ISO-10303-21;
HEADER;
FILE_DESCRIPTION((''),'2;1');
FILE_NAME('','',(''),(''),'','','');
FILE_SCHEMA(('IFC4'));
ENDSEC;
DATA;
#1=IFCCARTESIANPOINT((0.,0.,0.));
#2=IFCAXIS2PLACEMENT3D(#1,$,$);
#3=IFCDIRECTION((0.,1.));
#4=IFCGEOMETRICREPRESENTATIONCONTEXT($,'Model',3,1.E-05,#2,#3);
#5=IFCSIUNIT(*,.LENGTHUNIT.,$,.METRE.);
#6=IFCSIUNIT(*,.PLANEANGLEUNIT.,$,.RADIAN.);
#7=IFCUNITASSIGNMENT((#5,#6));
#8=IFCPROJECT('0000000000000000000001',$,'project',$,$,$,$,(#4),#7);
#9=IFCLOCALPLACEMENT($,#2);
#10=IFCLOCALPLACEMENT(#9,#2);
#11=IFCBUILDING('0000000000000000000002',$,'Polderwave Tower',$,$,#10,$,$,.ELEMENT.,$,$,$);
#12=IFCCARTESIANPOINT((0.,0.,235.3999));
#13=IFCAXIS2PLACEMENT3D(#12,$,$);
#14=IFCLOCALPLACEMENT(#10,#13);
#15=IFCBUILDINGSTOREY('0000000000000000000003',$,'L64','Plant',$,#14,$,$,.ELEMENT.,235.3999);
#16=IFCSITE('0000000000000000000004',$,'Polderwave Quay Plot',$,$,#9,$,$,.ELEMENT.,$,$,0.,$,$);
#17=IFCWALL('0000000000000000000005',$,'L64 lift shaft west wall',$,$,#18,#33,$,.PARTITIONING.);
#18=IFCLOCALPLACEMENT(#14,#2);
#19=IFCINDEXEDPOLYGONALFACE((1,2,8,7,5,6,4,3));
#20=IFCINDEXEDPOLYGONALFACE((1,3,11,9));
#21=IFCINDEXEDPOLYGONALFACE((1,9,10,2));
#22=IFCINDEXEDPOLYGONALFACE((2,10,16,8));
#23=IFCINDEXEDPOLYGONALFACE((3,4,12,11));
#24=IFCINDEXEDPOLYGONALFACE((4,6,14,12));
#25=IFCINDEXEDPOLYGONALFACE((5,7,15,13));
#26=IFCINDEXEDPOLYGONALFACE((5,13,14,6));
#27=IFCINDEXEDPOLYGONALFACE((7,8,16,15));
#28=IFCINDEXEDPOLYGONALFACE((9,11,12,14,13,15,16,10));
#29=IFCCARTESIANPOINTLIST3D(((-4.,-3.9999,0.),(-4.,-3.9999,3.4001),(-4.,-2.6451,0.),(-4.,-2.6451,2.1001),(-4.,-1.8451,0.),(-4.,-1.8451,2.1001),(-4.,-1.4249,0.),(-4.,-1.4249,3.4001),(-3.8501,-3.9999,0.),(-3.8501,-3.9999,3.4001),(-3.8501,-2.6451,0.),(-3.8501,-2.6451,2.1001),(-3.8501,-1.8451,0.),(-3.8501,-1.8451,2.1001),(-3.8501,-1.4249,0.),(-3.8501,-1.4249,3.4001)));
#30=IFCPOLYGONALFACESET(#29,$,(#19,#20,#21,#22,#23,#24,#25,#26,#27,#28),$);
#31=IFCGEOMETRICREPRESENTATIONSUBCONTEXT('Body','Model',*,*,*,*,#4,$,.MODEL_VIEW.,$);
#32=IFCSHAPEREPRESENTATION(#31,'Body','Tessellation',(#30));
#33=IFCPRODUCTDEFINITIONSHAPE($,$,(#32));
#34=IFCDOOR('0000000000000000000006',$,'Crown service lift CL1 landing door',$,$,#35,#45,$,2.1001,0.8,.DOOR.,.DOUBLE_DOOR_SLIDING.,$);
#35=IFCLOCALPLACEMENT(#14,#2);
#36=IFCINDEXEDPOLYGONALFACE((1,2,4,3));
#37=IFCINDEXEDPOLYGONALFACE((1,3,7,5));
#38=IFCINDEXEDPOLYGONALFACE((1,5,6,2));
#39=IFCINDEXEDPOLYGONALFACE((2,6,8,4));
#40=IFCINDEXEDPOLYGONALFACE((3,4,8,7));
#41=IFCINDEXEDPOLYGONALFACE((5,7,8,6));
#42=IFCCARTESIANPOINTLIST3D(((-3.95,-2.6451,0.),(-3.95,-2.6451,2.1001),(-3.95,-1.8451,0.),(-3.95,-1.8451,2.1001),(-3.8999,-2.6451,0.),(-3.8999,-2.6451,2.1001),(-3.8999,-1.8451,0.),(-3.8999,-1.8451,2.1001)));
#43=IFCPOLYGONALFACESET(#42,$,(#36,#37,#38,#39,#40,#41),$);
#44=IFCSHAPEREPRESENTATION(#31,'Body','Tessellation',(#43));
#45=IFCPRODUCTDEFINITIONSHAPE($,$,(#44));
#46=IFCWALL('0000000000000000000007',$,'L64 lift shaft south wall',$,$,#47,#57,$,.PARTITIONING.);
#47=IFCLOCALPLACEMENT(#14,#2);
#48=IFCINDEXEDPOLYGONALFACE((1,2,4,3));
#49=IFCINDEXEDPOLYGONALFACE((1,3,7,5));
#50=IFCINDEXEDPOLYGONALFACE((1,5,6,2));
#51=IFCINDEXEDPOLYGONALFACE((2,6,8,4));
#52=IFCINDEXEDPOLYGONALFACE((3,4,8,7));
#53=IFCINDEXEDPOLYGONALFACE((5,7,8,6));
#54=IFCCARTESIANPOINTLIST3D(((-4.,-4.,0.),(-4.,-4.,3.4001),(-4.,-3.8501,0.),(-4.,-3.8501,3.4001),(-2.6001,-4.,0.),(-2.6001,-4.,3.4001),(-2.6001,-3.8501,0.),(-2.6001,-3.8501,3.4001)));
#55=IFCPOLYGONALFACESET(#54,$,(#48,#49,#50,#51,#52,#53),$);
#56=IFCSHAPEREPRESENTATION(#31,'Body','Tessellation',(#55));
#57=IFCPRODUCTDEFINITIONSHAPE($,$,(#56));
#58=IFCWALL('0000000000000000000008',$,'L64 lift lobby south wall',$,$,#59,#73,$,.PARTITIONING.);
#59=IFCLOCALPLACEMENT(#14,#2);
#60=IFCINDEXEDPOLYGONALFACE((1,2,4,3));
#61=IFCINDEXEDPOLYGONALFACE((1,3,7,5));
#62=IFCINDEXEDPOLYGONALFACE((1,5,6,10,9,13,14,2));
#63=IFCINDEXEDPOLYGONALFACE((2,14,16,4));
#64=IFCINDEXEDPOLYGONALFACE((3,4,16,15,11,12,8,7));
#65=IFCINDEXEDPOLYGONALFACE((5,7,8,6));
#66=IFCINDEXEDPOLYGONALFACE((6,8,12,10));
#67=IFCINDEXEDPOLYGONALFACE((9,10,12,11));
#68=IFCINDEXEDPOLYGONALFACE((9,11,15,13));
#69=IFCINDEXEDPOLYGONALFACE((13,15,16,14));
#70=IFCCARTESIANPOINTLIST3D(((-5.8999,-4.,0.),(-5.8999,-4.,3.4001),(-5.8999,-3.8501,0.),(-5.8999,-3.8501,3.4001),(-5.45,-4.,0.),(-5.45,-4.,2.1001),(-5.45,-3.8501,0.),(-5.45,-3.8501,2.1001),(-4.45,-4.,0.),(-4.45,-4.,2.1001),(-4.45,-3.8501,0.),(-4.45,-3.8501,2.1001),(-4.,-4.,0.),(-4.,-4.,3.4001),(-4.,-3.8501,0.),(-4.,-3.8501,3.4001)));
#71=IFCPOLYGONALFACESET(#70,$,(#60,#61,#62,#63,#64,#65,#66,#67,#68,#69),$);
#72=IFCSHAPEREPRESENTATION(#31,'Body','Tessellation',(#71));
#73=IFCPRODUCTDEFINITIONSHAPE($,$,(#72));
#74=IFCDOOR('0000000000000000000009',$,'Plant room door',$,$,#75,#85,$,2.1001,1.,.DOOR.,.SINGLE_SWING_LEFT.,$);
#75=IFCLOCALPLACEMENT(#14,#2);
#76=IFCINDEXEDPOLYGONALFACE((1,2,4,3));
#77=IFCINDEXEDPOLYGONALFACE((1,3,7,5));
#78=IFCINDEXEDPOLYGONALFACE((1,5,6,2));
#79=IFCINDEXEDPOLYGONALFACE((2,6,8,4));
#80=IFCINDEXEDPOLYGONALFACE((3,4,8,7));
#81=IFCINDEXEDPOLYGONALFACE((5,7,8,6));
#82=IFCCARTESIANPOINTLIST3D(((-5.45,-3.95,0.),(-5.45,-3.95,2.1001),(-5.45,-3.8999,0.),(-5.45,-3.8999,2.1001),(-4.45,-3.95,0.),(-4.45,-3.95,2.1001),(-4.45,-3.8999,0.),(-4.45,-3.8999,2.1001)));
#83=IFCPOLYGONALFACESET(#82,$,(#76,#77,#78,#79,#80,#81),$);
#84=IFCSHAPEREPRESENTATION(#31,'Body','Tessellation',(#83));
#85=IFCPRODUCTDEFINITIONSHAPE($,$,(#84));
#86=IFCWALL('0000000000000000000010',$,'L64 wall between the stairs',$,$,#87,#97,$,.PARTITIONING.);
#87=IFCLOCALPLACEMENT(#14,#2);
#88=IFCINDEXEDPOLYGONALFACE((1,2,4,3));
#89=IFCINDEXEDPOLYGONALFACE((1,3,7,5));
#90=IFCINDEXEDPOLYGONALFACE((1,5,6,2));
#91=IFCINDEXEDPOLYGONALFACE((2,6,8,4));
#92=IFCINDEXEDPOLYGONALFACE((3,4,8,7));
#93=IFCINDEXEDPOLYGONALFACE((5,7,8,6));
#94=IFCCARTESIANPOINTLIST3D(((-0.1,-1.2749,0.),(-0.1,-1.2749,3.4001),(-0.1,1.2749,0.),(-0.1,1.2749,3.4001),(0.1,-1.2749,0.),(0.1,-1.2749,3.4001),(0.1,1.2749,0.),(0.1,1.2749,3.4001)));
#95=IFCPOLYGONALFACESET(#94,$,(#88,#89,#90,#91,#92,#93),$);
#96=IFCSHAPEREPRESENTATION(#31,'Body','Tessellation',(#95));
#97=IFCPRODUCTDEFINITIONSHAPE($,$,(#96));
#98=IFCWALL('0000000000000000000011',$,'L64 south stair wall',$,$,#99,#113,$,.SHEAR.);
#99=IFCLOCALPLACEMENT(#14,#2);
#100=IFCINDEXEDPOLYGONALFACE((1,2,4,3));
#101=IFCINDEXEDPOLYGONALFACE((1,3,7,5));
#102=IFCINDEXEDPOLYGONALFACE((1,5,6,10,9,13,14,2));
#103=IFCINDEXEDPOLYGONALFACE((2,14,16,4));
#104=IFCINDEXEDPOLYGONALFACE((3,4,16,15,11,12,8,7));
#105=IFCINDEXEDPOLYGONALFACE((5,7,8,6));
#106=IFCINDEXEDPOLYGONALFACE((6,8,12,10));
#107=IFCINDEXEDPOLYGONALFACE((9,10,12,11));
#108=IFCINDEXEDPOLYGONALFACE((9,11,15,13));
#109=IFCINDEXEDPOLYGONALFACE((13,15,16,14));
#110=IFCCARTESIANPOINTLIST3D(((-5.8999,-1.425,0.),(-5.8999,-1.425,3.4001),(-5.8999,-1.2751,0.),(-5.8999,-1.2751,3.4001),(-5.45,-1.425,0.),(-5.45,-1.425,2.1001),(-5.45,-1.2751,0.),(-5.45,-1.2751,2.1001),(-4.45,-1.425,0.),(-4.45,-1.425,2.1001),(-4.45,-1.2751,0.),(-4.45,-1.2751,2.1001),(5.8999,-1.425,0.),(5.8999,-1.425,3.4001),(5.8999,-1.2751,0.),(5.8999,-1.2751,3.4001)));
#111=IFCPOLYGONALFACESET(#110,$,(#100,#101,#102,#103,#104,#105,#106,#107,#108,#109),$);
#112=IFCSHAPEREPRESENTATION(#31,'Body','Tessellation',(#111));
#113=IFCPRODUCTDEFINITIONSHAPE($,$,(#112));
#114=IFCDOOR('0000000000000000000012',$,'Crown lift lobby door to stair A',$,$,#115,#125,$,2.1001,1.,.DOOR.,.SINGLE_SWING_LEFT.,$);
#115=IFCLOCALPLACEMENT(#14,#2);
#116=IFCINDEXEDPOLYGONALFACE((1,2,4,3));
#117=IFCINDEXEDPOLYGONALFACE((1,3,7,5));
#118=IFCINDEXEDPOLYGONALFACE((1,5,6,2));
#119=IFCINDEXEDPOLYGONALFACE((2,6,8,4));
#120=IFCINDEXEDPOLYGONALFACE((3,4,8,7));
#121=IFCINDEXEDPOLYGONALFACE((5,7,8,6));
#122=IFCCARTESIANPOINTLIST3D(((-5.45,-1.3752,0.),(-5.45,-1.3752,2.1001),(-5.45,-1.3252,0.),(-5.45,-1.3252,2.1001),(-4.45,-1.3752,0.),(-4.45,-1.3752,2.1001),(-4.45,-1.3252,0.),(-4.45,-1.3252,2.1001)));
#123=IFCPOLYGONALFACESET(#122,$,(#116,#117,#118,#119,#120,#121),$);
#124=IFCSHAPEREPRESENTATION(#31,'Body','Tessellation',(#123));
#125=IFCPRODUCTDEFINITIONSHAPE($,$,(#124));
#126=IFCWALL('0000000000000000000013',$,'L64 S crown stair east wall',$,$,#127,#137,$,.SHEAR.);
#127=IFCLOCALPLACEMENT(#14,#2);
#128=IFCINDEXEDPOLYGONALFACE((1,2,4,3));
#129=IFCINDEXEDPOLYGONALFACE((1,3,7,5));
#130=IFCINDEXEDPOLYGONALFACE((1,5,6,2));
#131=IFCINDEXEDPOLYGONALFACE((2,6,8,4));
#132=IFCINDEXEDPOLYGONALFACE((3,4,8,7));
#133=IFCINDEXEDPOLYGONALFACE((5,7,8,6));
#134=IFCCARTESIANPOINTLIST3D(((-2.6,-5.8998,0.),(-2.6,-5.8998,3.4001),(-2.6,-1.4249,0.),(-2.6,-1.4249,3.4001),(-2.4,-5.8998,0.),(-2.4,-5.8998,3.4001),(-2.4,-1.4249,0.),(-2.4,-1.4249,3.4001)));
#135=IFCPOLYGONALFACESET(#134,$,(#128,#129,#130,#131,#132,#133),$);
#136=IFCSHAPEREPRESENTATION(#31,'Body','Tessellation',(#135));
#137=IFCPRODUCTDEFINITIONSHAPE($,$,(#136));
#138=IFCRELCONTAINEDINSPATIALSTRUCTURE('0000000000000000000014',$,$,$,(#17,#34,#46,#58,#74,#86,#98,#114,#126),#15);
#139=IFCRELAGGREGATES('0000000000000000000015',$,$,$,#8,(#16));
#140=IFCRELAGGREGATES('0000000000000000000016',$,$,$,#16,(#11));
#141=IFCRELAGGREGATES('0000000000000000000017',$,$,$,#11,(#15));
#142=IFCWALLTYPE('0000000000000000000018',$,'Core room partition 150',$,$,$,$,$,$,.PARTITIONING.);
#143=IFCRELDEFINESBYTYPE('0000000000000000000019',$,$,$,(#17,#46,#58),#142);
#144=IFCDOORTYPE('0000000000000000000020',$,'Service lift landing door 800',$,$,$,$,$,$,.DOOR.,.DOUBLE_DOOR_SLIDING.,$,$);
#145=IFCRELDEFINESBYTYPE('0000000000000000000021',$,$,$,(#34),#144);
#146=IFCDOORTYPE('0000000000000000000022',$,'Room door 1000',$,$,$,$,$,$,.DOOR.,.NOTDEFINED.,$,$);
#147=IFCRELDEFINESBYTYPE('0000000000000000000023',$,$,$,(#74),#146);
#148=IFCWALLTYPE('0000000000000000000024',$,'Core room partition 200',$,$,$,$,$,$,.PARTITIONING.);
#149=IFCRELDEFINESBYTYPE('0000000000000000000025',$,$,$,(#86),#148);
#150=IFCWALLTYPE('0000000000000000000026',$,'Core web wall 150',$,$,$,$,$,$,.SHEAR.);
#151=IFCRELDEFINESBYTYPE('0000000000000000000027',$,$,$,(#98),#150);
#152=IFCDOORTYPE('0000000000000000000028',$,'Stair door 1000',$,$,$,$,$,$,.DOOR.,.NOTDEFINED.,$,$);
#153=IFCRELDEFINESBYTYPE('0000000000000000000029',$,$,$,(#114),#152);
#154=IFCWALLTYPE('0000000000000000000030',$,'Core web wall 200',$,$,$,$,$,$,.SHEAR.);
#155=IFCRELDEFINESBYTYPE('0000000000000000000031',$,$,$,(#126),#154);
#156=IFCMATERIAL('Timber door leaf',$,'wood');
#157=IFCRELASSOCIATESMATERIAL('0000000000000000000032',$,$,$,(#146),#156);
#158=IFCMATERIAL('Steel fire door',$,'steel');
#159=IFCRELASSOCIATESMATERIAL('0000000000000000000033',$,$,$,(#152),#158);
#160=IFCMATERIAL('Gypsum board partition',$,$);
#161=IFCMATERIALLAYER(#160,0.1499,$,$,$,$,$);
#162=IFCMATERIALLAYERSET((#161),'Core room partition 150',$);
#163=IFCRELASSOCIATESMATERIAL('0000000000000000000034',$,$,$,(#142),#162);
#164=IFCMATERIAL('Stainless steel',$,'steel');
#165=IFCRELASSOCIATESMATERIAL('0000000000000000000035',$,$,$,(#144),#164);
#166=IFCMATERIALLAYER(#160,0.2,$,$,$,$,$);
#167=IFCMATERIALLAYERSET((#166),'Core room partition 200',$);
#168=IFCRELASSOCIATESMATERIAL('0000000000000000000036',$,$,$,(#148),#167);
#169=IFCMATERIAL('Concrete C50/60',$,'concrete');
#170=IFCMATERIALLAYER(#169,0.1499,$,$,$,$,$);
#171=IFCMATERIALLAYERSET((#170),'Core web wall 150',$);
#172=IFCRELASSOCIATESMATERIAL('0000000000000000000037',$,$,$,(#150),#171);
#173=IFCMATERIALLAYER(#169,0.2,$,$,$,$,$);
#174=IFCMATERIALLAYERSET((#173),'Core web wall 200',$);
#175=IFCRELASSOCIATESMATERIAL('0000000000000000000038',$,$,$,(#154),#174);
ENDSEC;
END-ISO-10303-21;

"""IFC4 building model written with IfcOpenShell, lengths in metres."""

from ifc_helpers import new_model, si_unit, direction, frame, frame_2d, origin, place, context, subcontext, project, spatial, rectangle, extrude, material, layer, layer_set, type_object, element, fill, save


model = new_model("IFC4")

# Units and contexts
model_context = context("Model", 3, precision=1e-05, world=origin(), true_north=direction((0.0, 1.0)))
body_context = subcontext(model_context, "Body", "Model", "MODEL_VIEW")
ifc_project = project(units=[si_unit("LENGTHUNIT", "METRE"), si_unit("PLANEANGLEUNIT", "RADIAN")], contexts=[model_context])

# Site, building, storey
site_placement = place(None, origin())
site = spatial("IfcSite", under=ifc_project, at=site_placement, Name="Polderwave Quay Plot", CompositionType="ELEMENT", RefElevation=0.0)
building_placement = place(site_placement, origin())
building = spatial("IfcBuilding", under=site, at=building_placement, Name="Polderwave Tower", CompositionType="ELEMENT")
storey_placement = place(building_placement, frame((0.0, 0.0, 235.3999)))
storey = spatial("IfcBuildingStorey", under=building, at=storey_placement, Name="L64", Description="Plant", CompositionType="ELEMENT", Elevation=235.3999)

# Shared definitions
ifc_material_1 = material(Name="Timber door leaf", Category="wood")
door_type_1 = type_object("IfcDoorType", Name="Room door 1000", OperationType="NOTDEFINED", PredefinedType="DOOR", material=ifc_material_1)
ifc_material_2 = material(Name="Steel fire door", Category="steel")
door_type_2 = type_object("IfcDoorType", Name="Stair door 1000", OperationType="NOTDEFINED", PredefinedType="DOOR", material=ifc_material_2)

# Wall, opening, door
ifc_material_3 = material(Name="Gypsum board partition")
ifc_layer_1 = layer(ifc_material_3, 0.1499)
ifc_layer_set_1 = layer_set([ifc_layer_1], Name="Core room partition 150")
wall_type_1 = type_object("IfcWallType", Name="Core room partition 150", PredefinedType="PARTITIONING", material=ifc_layer_set_1)
wall_1_placement = place(storey_placement, frame((-3.925, -4.0, 0.0), z_axis=(0.0, 0.0, 1.0), x_axis=(0.0, 1.0, 0.0)))
wall_1 = element("IfcWall", 1, at=wall_1_placement, inside=storey, type_object=wall_type_1, Name="L64 lift shaft west wall", PredefinedType="PARTITIONING", context=body_context, shape_type="SweptSolid", body=[
    extrude(rectangle(XDim=2.575, YDim=0.1499, at=frame_2d((1.2876, 0.0))), origin(), (0.0, 0.0, 1.0), 3.4001),
])
opening_1_placement = place(wall_1_placement, frame((1.355, 0.0, 0.0)))
opening_1 = element("IfcOpeningElement", 2, at=opening_1_placement, cuts=wall_1, PredefinedType="OPENING", context=body_context, shape_type="SweptSolid", body=[
    extrude(rectangle(XDim=0.8, YDim=2.1001, at=frame_2d((0.3999, 1.05))), frame((0.0, 0.085, 0.0), z_axis=(0.0, -1.0, 0.0), x_axis=(1.0, 0.0, 0.0)), (0.0, 0.0, 1.0), 0.1699),
])
ifc_material_4 = material(Name="Stainless steel", Category="steel")
door_type_3 = type_object("IfcDoorType", Name="Service lift landing door 800", OperationType="DOUBLE_DOOR_SLIDING", PredefinedType="DOOR", material=ifc_material_4)
door_1_placement = place(opening_1_placement, origin())
door_1 = element("IfcDoor", 3, at=door_1_placement, inside=storey, type_object=door_type_3, Name="Crown service lift CL1 landing door", OperationType="DOUBLE_DOOR_SLIDING", OverallHeight=2.1001, OverallWidth=0.8, PredefinedType="DOOR", context=body_context, shape_type="SweptSolid", body=[
    extrude(rectangle(XDim=0.8, YDim=2.1001, at=frame_2d((0.3999, 1.05))), frame((0.0, 0.0249, 0.0), z_axis=(0.0, -1.0, 0.0), x_axis=(1.0, 0.0, 0.0)), (0.0, 0.0, 1.0), 0.05),
])
fill(opening_1, door_1)

# Wall
wall_2_placement = place(storey_placement, frame((-4.0, -3.925, 0.0), z_axis=(0.0, 0.0, 1.0), x_axis=(1.0, 0.0, 0.0)))
element("IfcWall", 4, at=wall_2_placement, inside=storey, type_object=wall_type_1, Name="L64 lift shaft south wall", PredefinedType="PARTITIONING", context=body_context, shape_type="SweptSolid", body=[
    extrude(rectangle(XDim=1.3999, YDim=0.1499, at=frame_2d((0.7, 0.0))), origin(), (0.0, 0.0, 1.0), 3.4001),
])

# Wall, opening, door
wall_3_placement = place(storey_placement, frame((-5.8999, -3.925, 0.0), z_axis=(0.0, 0.0, 1.0), x_axis=(1.0, 0.0, 0.0)))
wall_3 = element("IfcWall", 5, at=wall_3_placement, inside=storey, type_object=wall_type_1, Name="L64 lift lobby south wall", PredefinedType="PARTITIONING", context=body_context, shape_type="SweptSolid", body=[
    extrude(rectangle(XDim=1.8999, YDim=0.1499, at=frame_2d((0.95, 0.0))), origin(), (0.0, 0.0, 1.0), 3.4001),
])
opening_2_placement = place(wall_3_placement, frame((0.45, 0.0, 0.0)))
opening_2 = element("IfcOpeningElement", 6, at=opening_2_placement, cuts=wall_3, PredefinedType="OPENING", context=body_context, shape_type="SweptSolid", body=[
    extrude(rectangle(XDim=1.0, YDim=2.1001, at=frame_2d((0.5, 1.05))), frame((0.0, 0.085, 0.0), z_axis=(0.0, -1.0, 0.0), x_axis=(1.0, 0.0, 0.0)), (0.0, 0.0, 1.0), 0.1699),
])
door_2_placement = place(opening_2_placement, frame((1.0, 0.0, 0.0), z_axis=(0.0, 0.0, 1.0), x_axis=(-1.0, 0.0, 0.0)))
door_2 = element("IfcDoor", 7, at=door_2_placement, inside=storey, type_object=door_type_1, Name="Plant room door", OperationType="SINGLE_SWING_LEFT", OverallHeight=2.1001, OverallWidth=1.0, PredefinedType="DOOR", context=body_context, shape_type="SweptSolid", body=[
    extrude(rectangle(XDim=1.0, YDim=2.1001, at=frame_2d((0.5, 1.05))), frame((0.0, 0.0249, 0.0), z_axis=(0.0, -1.0, 0.0), x_axis=(1.0, 0.0, 0.0)), (0.0, 0.0, 1.0), 0.05),
])
fill(opening_2, door_2)

# Wall
ifc_layer_2 = layer(ifc_material_3, 0.2)
ifc_layer_set_2 = layer_set([ifc_layer_2], Name="Core room partition 200")
wall_type_2 = type_object("IfcWallType", Name="Core room partition 200", PredefinedType="PARTITIONING", material=ifc_layer_set_2)
wall_4_placement = place(storey_placement, frame((0.0, -1.2749, 0.0), z_axis=(0.0, 0.0, 1.0), x_axis=(0.0, 1.0, 0.0)))
element("IfcWall", 8, at=wall_4_placement, inside=storey, type_object=wall_type_2, Name="L64 wall between the stairs", PredefinedType="PARTITIONING", context=body_context, shape_type="SweptSolid", body=[
    extrude(rectangle(XDim=2.5498, YDim=0.2, at=frame_2d((1.2749, 0.0))), origin(), (0.0, 0.0, 1.0), 3.4001),
])

# Wall, opening, door
ifc_material_5 = material(Name="Concrete C50/60", Category="concrete")
ifc_layer_3 = layer(ifc_material_5, 0.1499)
ifc_layer_set_3 = layer_set([ifc_layer_3], Name="Core web wall 150")
wall_type_3 = type_object("IfcWallType", Name="Core web wall 150", PredefinedType="SHEAR", material=ifc_layer_set_3)
wall_5_placement = place(storey_placement, frame((-5.8999, -1.3501, 0.0), z_axis=(0.0, 0.0, 1.0), x_axis=(1.0, 0.0, 0.0)))
wall_5 = element("IfcWall", 9, at=wall_5_placement, inside=storey, type_object=wall_type_3, Name="L64 south stair wall", PredefinedType="SHEAR", context=body_context, shape_type="SweptSolid", body=[
    extrude(rectangle(XDim=11.7998, YDim=0.1499, at=frame_2d((5.8999, 0.0))), origin(), (0.0, 0.0, 1.0), 3.4001),
])
opening_3_placement = place(wall_5_placement, frame((0.45, 0.0, 0.0)))
opening_3 = element("IfcOpeningElement", 10, at=opening_3_placement, cuts=wall_5, PredefinedType="OPENING", context=body_context, shape_type="SweptSolid", body=[
    extrude(rectangle(XDim=1.0, YDim=2.1001, at=frame_2d((0.5, 1.05))), frame((0.0, 0.085, 0.0), z_axis=(0.0, -1.0, 0.0), x_axis=(1.0, 0.0, 0.0)), (0.0, 0.0, 1.0), 0.1699),
])
door_3_placement = place(opening_3_placement, origin())
door_3 = element("IfcDoor", 11, at=door_3_placement, inside=storey, type_object=door_type_2, Name="Crown lift lobby door to stair A", OperationType="SINGLE_SWING_LEFT", OverallHeight=2.1001, OverallWidth=1.0, PredefinedType="DOOR", context=body_context, shape_type="SweptSolid", body=[
    extrude(rectangle(XDim=1.0, YDim=2.1001, at=frame_2d((0.5, 1.05))), frame((0.0, 0.0249, 0.0), z_axis=(0.0, -1.0, 0.0), x_axis=(1.0, 0.0, 0.0)), (0.0, 0.0, 1.0), 0.05),
])
fill(opening_3, door_3)

# Wall
ifc_layer_4 = layer(ifc_material_5, 0.2)
ifc_layer_set_4 = layer_set([ifc_layer_4], Name="Core web wall 200")
wall_type_4 = type_object("IfcWallType", Name="Core web wall 200", PredefinedType="SHEAR", material=ifc_layer_set_4)
wall_6_placement = place(storey_placement, frame((-2.5, -1.425, 0.0), z_axis=(0.0, 0.0, 1.0), x_axis=(0.0, -1.0, 0.0)))
element("IfcWall", 12, at=wall_6_placement, inside=storey, type_object=wall_type_4, Name="L64 S crown stair east wall", PredefinedType="SHEAR", context=body_context, shape_type="SweptSolid", body=[
    extrude(rectangle(XDim=4.4749, YDim=0.2, at=frame_2d((2.2373, 0.0))), origin(), (0.0, 0.0, 1.0), 3.4001),
])

save(model, "model.ifc")
